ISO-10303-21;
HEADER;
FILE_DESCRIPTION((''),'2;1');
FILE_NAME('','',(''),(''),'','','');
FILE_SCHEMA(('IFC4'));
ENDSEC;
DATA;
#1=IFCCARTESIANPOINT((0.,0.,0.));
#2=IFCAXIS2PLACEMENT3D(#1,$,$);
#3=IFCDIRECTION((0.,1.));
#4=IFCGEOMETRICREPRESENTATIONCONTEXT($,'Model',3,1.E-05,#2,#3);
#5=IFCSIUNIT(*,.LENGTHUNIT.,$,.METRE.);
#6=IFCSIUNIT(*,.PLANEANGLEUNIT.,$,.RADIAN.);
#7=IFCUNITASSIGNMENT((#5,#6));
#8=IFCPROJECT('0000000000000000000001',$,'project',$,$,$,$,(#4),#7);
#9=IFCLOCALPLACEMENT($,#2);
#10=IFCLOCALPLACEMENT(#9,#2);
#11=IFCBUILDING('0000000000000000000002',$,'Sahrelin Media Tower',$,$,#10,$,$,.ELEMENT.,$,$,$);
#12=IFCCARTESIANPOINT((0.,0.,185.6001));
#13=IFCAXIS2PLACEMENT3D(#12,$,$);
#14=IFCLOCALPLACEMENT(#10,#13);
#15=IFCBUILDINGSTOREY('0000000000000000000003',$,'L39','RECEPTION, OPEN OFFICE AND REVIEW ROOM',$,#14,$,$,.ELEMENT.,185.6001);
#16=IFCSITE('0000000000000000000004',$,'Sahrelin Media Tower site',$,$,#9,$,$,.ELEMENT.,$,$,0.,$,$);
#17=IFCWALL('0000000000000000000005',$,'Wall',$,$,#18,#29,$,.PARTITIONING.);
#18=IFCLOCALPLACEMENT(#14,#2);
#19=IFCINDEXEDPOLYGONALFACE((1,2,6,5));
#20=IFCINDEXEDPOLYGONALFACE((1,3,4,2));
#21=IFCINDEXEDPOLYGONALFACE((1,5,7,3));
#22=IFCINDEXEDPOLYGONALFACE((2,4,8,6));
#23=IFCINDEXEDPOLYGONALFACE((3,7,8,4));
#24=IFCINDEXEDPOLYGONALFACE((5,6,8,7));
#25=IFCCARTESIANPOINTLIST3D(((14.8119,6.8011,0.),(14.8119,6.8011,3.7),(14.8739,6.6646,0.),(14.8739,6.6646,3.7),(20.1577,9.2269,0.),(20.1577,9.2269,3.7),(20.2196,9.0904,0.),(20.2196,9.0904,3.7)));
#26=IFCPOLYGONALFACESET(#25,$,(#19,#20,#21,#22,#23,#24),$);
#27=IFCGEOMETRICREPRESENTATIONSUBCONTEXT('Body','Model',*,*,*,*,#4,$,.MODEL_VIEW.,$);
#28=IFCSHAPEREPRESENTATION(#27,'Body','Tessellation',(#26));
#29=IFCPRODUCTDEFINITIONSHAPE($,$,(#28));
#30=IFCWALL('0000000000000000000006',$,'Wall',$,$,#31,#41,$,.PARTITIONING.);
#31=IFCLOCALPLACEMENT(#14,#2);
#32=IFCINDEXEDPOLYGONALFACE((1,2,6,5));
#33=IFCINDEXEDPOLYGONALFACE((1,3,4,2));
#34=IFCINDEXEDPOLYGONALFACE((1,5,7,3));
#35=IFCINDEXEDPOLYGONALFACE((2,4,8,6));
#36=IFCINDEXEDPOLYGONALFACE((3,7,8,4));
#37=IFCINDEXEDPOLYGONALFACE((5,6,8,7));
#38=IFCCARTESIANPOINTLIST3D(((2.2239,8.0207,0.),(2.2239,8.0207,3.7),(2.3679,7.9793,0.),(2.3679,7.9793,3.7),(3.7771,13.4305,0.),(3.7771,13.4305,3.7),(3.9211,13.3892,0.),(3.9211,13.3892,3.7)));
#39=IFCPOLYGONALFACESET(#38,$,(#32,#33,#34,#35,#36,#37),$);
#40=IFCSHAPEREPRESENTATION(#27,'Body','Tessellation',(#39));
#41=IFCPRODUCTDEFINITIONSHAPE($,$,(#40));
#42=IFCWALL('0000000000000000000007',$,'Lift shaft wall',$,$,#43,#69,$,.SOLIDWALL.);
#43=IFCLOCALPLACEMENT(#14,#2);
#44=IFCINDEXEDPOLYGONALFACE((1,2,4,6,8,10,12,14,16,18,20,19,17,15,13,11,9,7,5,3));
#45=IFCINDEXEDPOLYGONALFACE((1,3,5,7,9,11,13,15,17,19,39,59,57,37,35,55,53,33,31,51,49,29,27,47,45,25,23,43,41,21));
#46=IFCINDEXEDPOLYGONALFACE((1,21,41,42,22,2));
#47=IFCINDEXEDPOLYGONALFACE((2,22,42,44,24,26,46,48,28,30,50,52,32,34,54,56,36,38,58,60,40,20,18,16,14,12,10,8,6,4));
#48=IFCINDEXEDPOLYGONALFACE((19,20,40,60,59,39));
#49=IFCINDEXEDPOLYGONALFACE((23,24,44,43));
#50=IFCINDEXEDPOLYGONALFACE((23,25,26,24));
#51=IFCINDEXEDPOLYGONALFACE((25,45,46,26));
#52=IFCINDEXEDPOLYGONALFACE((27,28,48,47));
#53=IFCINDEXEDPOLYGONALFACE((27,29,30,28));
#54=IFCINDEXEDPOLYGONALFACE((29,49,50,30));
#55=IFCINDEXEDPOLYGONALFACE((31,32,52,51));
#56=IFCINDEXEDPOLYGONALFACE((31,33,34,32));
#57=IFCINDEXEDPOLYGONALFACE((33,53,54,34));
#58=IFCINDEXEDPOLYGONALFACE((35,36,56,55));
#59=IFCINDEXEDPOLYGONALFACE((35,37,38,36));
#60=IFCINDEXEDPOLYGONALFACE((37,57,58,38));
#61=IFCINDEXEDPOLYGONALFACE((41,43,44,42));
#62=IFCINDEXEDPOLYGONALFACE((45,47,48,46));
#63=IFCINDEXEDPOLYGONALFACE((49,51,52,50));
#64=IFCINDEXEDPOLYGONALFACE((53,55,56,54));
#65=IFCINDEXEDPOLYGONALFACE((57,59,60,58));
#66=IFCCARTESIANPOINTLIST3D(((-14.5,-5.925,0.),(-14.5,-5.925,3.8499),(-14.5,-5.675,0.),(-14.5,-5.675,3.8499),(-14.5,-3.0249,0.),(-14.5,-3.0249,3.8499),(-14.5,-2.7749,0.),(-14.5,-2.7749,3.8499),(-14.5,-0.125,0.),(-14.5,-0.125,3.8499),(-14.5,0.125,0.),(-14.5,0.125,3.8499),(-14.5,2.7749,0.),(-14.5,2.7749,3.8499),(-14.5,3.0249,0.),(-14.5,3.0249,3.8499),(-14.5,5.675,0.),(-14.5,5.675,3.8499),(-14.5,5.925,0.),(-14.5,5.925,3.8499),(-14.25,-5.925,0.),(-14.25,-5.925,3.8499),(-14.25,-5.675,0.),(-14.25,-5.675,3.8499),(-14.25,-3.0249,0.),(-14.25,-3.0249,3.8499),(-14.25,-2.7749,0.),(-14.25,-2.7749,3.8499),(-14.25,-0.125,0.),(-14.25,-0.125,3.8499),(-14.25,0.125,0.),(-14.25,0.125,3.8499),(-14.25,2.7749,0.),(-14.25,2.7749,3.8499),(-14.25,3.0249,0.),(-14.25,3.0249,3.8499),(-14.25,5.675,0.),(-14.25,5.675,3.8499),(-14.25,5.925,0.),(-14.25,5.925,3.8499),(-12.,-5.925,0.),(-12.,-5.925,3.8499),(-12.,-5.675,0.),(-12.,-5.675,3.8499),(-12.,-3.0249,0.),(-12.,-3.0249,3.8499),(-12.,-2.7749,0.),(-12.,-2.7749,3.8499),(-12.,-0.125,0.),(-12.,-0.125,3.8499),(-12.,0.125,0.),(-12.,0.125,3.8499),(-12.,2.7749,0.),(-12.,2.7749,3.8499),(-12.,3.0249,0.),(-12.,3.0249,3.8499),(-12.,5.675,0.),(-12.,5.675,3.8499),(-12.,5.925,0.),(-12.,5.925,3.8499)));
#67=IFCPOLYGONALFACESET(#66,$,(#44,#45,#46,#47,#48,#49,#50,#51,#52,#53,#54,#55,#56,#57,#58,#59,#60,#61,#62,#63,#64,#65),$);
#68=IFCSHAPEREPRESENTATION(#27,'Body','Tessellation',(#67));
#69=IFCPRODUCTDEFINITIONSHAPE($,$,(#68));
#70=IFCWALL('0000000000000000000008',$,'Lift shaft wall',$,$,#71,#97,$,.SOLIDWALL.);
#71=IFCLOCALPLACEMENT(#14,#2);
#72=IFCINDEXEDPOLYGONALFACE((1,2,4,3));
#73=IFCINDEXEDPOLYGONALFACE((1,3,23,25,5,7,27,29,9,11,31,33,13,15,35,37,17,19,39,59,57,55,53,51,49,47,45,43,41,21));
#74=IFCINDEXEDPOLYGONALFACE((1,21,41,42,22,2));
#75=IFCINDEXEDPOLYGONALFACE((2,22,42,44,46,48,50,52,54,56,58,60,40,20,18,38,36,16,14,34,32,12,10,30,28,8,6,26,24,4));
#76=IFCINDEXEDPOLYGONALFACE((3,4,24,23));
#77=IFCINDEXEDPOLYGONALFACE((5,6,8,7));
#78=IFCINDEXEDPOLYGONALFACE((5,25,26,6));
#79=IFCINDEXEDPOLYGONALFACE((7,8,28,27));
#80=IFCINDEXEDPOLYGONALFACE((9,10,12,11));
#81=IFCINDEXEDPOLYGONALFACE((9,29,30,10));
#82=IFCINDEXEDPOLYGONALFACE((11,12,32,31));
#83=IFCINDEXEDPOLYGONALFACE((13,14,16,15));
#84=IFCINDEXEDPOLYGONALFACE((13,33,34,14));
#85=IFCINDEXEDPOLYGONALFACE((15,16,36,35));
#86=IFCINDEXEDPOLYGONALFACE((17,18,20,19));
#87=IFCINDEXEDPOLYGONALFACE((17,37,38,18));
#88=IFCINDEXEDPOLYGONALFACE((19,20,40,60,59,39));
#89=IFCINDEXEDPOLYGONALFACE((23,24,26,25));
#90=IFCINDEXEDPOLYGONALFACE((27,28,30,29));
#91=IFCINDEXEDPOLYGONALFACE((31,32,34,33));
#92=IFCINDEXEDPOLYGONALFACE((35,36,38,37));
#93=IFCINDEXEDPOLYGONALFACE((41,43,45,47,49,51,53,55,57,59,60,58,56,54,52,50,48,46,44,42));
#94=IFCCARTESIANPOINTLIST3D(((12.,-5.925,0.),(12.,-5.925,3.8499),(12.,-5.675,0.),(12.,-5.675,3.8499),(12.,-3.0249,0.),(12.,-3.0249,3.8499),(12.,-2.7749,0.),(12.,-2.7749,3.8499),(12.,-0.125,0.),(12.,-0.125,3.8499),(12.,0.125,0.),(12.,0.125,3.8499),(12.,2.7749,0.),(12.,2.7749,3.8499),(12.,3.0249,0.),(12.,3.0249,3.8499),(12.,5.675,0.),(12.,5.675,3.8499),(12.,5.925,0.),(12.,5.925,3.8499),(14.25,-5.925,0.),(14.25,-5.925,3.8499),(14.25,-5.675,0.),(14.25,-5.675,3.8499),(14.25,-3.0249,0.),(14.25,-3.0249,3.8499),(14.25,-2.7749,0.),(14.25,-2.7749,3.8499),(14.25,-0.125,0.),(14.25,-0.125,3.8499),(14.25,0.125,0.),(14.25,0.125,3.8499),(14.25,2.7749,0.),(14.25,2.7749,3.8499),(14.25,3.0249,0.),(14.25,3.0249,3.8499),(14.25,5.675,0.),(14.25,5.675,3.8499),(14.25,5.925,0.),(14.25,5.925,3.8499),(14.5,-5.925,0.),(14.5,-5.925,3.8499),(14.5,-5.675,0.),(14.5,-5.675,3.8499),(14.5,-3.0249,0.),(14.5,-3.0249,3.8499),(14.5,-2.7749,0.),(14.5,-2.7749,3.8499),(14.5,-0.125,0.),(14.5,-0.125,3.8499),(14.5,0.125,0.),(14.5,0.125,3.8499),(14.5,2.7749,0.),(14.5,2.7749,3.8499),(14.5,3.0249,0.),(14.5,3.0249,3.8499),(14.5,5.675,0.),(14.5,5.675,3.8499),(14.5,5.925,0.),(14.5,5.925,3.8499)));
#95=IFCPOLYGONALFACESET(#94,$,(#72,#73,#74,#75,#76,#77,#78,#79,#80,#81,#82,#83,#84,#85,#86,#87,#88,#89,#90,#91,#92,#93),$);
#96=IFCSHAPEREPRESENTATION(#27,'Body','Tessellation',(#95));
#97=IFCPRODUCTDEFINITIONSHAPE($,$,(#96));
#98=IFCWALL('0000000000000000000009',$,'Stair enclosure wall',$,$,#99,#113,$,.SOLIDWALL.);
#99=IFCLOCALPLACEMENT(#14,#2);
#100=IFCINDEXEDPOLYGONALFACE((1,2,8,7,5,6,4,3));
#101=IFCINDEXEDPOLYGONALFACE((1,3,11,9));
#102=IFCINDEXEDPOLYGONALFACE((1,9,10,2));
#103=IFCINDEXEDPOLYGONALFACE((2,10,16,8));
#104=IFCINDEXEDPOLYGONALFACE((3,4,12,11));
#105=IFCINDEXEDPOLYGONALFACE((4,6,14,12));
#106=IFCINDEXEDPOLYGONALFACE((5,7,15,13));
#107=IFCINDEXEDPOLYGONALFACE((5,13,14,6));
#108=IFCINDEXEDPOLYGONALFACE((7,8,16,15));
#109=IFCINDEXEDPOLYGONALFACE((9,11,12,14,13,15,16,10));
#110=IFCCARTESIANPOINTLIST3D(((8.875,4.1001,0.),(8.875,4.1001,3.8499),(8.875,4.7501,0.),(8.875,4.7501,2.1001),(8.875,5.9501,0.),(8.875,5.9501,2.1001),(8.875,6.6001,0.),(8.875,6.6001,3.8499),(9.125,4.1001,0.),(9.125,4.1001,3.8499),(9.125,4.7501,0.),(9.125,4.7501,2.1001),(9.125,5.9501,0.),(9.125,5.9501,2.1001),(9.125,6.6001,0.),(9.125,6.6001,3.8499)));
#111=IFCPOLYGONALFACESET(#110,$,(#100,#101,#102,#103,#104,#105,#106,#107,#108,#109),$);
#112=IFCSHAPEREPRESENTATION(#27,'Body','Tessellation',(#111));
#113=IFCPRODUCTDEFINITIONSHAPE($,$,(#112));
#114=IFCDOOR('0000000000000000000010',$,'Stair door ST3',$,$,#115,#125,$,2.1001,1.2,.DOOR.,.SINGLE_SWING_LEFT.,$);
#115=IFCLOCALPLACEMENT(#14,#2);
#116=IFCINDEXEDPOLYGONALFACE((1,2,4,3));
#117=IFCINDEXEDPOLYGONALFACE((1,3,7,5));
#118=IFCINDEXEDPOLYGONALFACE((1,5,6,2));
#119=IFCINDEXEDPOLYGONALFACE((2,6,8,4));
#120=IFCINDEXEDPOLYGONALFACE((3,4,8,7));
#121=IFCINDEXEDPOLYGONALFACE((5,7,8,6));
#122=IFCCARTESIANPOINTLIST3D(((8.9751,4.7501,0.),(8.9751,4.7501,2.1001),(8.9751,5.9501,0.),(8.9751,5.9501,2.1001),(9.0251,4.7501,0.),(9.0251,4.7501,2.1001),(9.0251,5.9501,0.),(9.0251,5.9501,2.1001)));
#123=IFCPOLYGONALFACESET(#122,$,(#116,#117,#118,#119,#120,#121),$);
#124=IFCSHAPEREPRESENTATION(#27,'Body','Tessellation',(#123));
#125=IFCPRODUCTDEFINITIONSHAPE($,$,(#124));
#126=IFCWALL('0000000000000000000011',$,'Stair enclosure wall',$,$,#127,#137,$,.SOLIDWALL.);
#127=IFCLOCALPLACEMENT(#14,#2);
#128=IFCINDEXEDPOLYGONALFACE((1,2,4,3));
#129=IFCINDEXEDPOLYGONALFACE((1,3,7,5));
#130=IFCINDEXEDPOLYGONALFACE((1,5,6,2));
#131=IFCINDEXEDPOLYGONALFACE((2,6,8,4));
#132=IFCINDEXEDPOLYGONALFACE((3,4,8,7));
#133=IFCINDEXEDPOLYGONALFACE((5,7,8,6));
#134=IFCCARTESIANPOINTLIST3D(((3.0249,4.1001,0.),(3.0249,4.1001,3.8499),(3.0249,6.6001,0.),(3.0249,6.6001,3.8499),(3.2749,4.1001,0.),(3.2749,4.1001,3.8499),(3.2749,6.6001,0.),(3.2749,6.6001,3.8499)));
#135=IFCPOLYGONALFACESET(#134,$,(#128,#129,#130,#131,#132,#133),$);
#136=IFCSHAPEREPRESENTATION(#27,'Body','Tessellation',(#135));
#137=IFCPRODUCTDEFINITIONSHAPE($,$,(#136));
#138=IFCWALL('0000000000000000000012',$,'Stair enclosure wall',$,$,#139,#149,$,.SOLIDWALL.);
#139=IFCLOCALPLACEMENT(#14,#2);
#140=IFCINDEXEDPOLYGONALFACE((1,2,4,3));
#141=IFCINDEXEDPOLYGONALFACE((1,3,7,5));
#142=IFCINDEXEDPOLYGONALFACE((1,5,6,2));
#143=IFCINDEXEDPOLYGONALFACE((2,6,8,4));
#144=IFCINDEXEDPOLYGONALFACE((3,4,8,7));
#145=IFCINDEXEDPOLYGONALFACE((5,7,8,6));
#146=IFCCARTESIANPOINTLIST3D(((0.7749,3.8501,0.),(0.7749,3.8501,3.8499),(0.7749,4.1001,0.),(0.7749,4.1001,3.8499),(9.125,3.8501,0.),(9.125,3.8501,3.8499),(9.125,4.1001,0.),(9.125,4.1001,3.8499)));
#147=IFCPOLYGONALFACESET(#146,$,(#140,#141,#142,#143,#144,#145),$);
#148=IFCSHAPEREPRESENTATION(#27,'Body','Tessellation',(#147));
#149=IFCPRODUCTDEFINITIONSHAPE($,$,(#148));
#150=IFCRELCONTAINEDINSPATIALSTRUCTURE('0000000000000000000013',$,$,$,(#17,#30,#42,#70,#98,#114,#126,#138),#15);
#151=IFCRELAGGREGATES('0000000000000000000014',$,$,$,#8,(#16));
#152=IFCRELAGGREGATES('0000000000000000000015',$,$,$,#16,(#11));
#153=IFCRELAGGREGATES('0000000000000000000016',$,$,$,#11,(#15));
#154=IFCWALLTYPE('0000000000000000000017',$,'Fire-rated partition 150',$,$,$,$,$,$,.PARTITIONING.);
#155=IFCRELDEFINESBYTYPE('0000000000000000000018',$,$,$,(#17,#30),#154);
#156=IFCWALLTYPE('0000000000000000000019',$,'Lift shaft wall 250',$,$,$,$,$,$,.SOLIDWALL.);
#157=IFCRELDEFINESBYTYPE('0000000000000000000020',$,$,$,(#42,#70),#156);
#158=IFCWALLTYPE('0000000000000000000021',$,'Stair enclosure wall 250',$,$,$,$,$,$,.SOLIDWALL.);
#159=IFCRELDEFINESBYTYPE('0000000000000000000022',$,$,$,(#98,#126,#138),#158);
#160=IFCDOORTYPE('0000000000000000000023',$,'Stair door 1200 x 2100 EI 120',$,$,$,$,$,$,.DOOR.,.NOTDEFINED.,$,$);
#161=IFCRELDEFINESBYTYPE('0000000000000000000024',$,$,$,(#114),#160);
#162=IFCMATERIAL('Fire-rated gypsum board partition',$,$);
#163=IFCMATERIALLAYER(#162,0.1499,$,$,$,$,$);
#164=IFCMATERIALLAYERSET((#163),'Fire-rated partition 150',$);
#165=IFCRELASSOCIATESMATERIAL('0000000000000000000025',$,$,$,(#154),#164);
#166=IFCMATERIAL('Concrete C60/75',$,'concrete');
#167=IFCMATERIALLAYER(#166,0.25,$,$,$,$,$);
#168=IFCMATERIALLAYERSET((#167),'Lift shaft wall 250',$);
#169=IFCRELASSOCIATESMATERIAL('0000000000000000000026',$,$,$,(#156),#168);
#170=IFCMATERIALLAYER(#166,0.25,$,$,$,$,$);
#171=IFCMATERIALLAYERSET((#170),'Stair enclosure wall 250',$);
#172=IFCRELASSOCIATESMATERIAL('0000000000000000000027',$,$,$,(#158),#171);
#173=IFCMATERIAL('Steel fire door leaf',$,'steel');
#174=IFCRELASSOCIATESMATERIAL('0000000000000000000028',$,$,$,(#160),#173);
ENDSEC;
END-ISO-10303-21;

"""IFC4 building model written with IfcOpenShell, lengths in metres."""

from ifc_helpers import new_model, si_unit, direction, frame, frame_2d, origin, place, context, subcontext, project, spatial, polyline, rectangle, outline, extrude, material, layer, layer_set, type_object, element, fill, save


model = new_model("IFC4")

# Units and contexts
model_context = context("Model", 3, precision=1e-05, world=origin(), true_north=direction((0.0, 1.0)))
body_context = subcontext(model_context, "Body", "Model", "MODEL_VIEW")
ifc_project = project(units=[si_unit("LENGTHUNIT", "METRE"), si_unit("PLANEANGLEUNIT", "RADIAN")], contexts=[model_context])

# Site, building, storey
site_placement = place(None, origin())
site = spatial("IfcSite", under=ifc_project, at=site_placement, Name="Sahrelin Media Tower site", CompositionType="ELEMENT", RefElevation=0.0)
building_placement = place(site_placement, origin())
building = spatial("IfcBuilding", under=site, at=building_placement, Name="Sahrelin Media Tower", CompositionType="ELEMENT")
storey_placement = place(building_placement, frame((0.0, 0.0, 185.6001)))
storey = spatial("IfcBuildingStorey", under=building, at=storey_placement, Name="L39", Description="RECEPTION, OPEN OFFICE AND REVIEW ROOM", CompositionType="ELEMENT", Elevation=185.6001)

# Shared definitions
ifc_material_1 = material(Name="Fire-rated gypsum board partition")
ifc_material_2 = material(Name="Steel fire door leaf", Category="steel")

# Walls
ifc_layer_1 = layer(ifc_material_1, 0.1499)
ifc_layer_set_1 = layer_set([ifc_layer_1], Name="Fire-rated partition 150")
wall_type_1 = type_object("IfcWallType", Name="Fire-rated partition 150", PredefinedType="PARTITIONING", material=ifc_layer_set_1)
wall_1_placement = place(storey_placement, frame((14.843, 6.7329, 0.0), z_axis=(0.0, 0.0, 1.0), x_axis=(0.910628, 0.413226, 0.0)))
element("IfcWall", 1, at=wall_1_placement, inside=storey, type_object=wall_type_1, Name="Wall", PredefinedType="PARTITIONING", context=body_context, shape_type="SweptSolid", body=[
    extrude(rectangle(XDim=5.8704, YDim=0.1499, at=frame_2d((2.9351, 0.0))), origin(), (0.0, 0.0, 1.0), 3.7),
])
wall_2_placement = place(storey_placement, frame((2.2959, 8.0, 0.0), z_axis=(0.0, 0.0, 1.0), x_axis=(0.275958, 0.96117, 0.0)))
element("IfcWall", 2, at=wall_2_placement, inside=storey, type_object=wall_type_1, Name="Wall", PredefinedType="PARTITIONING", context=body_context, shape_type="SweptSolid", body=[
    extrude(rectangle(XDim=5.6284, YDim=0.1499, at=frame_2d((2.8142, 0.0))), origin(), (0.0, 0.0, 1.0), 3.7),
])
ifc_material_3 = material(Name="Concrete C60/75", Category="concrete")
ifc_layer_2 = layer(ifc_material_3, 0.25)
ifc_layer_set_2 = layer_set([ifc_layer_2], Name="Lift shaft wall 250")
wall_type_2 = type_object("IfcWallType", Name="Lift shaft wall 250", PredefinedType="SOLIDWALL", material=ifc_layer_set_2)
placement = place(storey_placement, origin())
element("IfcWall", 3, at=placement, inside=storey, type_object=wall_type_2, Name="Lift shaft wall", PredefinedType="SOLIDWALL", context=body_context, shape_type="SweptSolid", body=[
    extrude(outline(polyline([(-12.0, -5.925), (-12.0, -5.675), (-14.25, -5.675), (-14.25, -3.0249), (-12.0, -3.0249), (-12.0, -2.7749), (-14.25, -2.7749), (-14.25, -0.125), (-12.0, -0.125), (-12.0, 0.125), (-14.25, 0.125), (-14.25, 2.7749), (-12.0, 2.7749), (-12.0, 3.0249), (-14.25, 3.0249), (-14.25, 5.675), (-12.0, 5.675), (-12.0, 5.925), (-14.25, 5.925), (-14.5, 5.925), (-14.5, 5.675), (-14.5, 3.0249), (-14.5, 2.7749), (-14.5, 0.125), (-14.5, -0.125), (-14.5, -2.7749), (-14.5, -3.0249), (-14.5, -5.675), (-14.5, -5.925), (-14.25, -5.925), (-12.0, -5.925)])), origin(), (0.0, 0.0, 1.0), 3.8499),
])
element("IfcWall", 4, at=placement, inside=storey, type_object=wall_type_2, Name="Lift shaft wall", PredefinedType="SOLIDWALL", context=body_context, shape_type="SweptSolid", body=[
    extrude(outline(polyline([(12.0, -5.675), (12.0, -5.925), (14.25, -5.925), (14.5, -5.925), (14.5, -5.675), (14.5, -3.0249), (14.5, -2.7749), (14.5, -0.125), (14.5, 0.125), (14.5, 2.7749), (14.5, 3.0249), (14.5, 5.675), (14.5, 5.925), (14.25, 5.925), (12.0, 5.925), (12.0, 5.675), (14.25, 5.675), (14.25, 3.0249), (12.0, 3.0249), (12.0, 2.7749), (14.25, 2.7749), (14.25, 0.125), (12.0, 0.125), (12.0, -0.125), (14.25, -0.125), (14.25, -2.7749), (12.0, -2.7749), (12.0, -3.0249), (14.25, -3.0249), (14.25, -5.675), (12.0, -5.675)])), origin(), (0.0, 0.0, 1.0), 3.8499),
])

# Wall, opening, door
ifc_layer_3 = layer(ifc_material_3, 0.25)
ifc_layer_set_3 = layer_set([ifc_layer_3], Name="Stair enclosure wall 250")
wall_type_3 = type_object("IfcWallType", Name="Stair enclosure wall 250", PredefinedType="SOLIDWALL", material=ifc_layer_set_3)
wall_3_placement = place(storey_placement, frame((9.0, 4.1001, 0.0), z_axis=(0.0, 0.0, 1.0), x_axis=(0.0, 1.0, 0.0)))
wall_3 = element("IfcWall", 5, at=wall_3_placement, inside=storey, type_object=wall_type_3, Name="Stair enclosure wall", PredefinedType="SOLIDWALL", context=body_context, shape_type="SweptSolid", body=[
    extrude(rectangle(XDim=2.5, YDim=0.25, at=frame_2d((1.25, 0.0))), origin(), (0.0, 0.0, 1.0), 3.8499),
])
opening_1_placement = place(wall_3_placement, frame((0.6499, 0.0, 0.0)))
opening_1 = element("IfcOpeningElement", 6, at=opening_1_placement, cuts=wall_3, PredefinedType="OPENING", context=body_context, shape_type="SweptSolid", body=[
    extrude(rectangle(XDim=1.2, YDim=2.1001, at=frame_2d((0.6001, 1.05))), frame((0.0, 0.125, 0.0), z_axis=(0.0, -1.0, 0.0), x_axis=(1.0, 0.0, 0.0)), (0.0, 0.0, 1.0), 0.25),
])
door_type_1 = type_object("IfcDoorType", Name="Stair door 1200 x 2100 EI 120", OperationType="NOTDEFINED", PredefinedType="DOOR", material=ifc_material_2)
door_1_placement = place(opening_1_placement, origin())
door_1 = element("IfcDoor", 7, at=door_1_placement, inside=storey, type_object=door_type_1, Name="Stair door ST3", OperationType="SINGLE_SWING_LEFT", OverallHeight=2.1001, OverallWidth=1.2, PredefinedType="DOOR", context=body_context, shape_type="SweptSolid", body=[
    extrude(rectangle(XDim=1.2, YDim=2.1001, at=frame_2d((0.6001, 1.05))), frame((0.0, 0.0249, 0.0), z_axis=(0.0, -1.0, 0.0), x_axis=(1.0, 0.0, 0.0)), (0.0, 0.0, 1.0), 0.05),
])
fill(opening_1, door_1)

# Walls
wall_4_placement = place(storey_placement, frame((3.1499, 4.1001, 0.0), z_axis=(0.0, 0.0, 1.0), x_axis=(0.0, 1.0, 0.0)))
element("IfcWall", 8, at=wall_4_placement, inside=storey, type_object=wall_type_3, Name="Stair enclosure wall", PredefinedType="SOLIDWALL", context=body_context, shape_type="SweptSolid", body=[
    extrude(rectangle(XDim=2.5, YDim=0.25, at=frame_2d((1.25, 0.0))), origin(), (0.0, 0.0, 1.0), 3.8499),
])
wall_5_placement = place(storey_placement, frame((0.7749, 3.9751, 0.0), z_axis=(0.0, 0.0, 1.0), x_axis=(1.0, 0.0, 0.0)))
element("IfcWall", 9, at=wall_5_placement, inside=storey, type_object=wall_type_3, Name="Stair enclosure wall", PredefinedType="SOLIDWALL", context=body_context, shape_type="SweptSolid", body=[
    extrude(rectangle(XDim=8.3501, YDim=0.25, at=frame_2d((4.175, 0.0))), origin(), (0.0, 0.0, 1.0), 3.8499),
])

save(model, "model.ifc")
